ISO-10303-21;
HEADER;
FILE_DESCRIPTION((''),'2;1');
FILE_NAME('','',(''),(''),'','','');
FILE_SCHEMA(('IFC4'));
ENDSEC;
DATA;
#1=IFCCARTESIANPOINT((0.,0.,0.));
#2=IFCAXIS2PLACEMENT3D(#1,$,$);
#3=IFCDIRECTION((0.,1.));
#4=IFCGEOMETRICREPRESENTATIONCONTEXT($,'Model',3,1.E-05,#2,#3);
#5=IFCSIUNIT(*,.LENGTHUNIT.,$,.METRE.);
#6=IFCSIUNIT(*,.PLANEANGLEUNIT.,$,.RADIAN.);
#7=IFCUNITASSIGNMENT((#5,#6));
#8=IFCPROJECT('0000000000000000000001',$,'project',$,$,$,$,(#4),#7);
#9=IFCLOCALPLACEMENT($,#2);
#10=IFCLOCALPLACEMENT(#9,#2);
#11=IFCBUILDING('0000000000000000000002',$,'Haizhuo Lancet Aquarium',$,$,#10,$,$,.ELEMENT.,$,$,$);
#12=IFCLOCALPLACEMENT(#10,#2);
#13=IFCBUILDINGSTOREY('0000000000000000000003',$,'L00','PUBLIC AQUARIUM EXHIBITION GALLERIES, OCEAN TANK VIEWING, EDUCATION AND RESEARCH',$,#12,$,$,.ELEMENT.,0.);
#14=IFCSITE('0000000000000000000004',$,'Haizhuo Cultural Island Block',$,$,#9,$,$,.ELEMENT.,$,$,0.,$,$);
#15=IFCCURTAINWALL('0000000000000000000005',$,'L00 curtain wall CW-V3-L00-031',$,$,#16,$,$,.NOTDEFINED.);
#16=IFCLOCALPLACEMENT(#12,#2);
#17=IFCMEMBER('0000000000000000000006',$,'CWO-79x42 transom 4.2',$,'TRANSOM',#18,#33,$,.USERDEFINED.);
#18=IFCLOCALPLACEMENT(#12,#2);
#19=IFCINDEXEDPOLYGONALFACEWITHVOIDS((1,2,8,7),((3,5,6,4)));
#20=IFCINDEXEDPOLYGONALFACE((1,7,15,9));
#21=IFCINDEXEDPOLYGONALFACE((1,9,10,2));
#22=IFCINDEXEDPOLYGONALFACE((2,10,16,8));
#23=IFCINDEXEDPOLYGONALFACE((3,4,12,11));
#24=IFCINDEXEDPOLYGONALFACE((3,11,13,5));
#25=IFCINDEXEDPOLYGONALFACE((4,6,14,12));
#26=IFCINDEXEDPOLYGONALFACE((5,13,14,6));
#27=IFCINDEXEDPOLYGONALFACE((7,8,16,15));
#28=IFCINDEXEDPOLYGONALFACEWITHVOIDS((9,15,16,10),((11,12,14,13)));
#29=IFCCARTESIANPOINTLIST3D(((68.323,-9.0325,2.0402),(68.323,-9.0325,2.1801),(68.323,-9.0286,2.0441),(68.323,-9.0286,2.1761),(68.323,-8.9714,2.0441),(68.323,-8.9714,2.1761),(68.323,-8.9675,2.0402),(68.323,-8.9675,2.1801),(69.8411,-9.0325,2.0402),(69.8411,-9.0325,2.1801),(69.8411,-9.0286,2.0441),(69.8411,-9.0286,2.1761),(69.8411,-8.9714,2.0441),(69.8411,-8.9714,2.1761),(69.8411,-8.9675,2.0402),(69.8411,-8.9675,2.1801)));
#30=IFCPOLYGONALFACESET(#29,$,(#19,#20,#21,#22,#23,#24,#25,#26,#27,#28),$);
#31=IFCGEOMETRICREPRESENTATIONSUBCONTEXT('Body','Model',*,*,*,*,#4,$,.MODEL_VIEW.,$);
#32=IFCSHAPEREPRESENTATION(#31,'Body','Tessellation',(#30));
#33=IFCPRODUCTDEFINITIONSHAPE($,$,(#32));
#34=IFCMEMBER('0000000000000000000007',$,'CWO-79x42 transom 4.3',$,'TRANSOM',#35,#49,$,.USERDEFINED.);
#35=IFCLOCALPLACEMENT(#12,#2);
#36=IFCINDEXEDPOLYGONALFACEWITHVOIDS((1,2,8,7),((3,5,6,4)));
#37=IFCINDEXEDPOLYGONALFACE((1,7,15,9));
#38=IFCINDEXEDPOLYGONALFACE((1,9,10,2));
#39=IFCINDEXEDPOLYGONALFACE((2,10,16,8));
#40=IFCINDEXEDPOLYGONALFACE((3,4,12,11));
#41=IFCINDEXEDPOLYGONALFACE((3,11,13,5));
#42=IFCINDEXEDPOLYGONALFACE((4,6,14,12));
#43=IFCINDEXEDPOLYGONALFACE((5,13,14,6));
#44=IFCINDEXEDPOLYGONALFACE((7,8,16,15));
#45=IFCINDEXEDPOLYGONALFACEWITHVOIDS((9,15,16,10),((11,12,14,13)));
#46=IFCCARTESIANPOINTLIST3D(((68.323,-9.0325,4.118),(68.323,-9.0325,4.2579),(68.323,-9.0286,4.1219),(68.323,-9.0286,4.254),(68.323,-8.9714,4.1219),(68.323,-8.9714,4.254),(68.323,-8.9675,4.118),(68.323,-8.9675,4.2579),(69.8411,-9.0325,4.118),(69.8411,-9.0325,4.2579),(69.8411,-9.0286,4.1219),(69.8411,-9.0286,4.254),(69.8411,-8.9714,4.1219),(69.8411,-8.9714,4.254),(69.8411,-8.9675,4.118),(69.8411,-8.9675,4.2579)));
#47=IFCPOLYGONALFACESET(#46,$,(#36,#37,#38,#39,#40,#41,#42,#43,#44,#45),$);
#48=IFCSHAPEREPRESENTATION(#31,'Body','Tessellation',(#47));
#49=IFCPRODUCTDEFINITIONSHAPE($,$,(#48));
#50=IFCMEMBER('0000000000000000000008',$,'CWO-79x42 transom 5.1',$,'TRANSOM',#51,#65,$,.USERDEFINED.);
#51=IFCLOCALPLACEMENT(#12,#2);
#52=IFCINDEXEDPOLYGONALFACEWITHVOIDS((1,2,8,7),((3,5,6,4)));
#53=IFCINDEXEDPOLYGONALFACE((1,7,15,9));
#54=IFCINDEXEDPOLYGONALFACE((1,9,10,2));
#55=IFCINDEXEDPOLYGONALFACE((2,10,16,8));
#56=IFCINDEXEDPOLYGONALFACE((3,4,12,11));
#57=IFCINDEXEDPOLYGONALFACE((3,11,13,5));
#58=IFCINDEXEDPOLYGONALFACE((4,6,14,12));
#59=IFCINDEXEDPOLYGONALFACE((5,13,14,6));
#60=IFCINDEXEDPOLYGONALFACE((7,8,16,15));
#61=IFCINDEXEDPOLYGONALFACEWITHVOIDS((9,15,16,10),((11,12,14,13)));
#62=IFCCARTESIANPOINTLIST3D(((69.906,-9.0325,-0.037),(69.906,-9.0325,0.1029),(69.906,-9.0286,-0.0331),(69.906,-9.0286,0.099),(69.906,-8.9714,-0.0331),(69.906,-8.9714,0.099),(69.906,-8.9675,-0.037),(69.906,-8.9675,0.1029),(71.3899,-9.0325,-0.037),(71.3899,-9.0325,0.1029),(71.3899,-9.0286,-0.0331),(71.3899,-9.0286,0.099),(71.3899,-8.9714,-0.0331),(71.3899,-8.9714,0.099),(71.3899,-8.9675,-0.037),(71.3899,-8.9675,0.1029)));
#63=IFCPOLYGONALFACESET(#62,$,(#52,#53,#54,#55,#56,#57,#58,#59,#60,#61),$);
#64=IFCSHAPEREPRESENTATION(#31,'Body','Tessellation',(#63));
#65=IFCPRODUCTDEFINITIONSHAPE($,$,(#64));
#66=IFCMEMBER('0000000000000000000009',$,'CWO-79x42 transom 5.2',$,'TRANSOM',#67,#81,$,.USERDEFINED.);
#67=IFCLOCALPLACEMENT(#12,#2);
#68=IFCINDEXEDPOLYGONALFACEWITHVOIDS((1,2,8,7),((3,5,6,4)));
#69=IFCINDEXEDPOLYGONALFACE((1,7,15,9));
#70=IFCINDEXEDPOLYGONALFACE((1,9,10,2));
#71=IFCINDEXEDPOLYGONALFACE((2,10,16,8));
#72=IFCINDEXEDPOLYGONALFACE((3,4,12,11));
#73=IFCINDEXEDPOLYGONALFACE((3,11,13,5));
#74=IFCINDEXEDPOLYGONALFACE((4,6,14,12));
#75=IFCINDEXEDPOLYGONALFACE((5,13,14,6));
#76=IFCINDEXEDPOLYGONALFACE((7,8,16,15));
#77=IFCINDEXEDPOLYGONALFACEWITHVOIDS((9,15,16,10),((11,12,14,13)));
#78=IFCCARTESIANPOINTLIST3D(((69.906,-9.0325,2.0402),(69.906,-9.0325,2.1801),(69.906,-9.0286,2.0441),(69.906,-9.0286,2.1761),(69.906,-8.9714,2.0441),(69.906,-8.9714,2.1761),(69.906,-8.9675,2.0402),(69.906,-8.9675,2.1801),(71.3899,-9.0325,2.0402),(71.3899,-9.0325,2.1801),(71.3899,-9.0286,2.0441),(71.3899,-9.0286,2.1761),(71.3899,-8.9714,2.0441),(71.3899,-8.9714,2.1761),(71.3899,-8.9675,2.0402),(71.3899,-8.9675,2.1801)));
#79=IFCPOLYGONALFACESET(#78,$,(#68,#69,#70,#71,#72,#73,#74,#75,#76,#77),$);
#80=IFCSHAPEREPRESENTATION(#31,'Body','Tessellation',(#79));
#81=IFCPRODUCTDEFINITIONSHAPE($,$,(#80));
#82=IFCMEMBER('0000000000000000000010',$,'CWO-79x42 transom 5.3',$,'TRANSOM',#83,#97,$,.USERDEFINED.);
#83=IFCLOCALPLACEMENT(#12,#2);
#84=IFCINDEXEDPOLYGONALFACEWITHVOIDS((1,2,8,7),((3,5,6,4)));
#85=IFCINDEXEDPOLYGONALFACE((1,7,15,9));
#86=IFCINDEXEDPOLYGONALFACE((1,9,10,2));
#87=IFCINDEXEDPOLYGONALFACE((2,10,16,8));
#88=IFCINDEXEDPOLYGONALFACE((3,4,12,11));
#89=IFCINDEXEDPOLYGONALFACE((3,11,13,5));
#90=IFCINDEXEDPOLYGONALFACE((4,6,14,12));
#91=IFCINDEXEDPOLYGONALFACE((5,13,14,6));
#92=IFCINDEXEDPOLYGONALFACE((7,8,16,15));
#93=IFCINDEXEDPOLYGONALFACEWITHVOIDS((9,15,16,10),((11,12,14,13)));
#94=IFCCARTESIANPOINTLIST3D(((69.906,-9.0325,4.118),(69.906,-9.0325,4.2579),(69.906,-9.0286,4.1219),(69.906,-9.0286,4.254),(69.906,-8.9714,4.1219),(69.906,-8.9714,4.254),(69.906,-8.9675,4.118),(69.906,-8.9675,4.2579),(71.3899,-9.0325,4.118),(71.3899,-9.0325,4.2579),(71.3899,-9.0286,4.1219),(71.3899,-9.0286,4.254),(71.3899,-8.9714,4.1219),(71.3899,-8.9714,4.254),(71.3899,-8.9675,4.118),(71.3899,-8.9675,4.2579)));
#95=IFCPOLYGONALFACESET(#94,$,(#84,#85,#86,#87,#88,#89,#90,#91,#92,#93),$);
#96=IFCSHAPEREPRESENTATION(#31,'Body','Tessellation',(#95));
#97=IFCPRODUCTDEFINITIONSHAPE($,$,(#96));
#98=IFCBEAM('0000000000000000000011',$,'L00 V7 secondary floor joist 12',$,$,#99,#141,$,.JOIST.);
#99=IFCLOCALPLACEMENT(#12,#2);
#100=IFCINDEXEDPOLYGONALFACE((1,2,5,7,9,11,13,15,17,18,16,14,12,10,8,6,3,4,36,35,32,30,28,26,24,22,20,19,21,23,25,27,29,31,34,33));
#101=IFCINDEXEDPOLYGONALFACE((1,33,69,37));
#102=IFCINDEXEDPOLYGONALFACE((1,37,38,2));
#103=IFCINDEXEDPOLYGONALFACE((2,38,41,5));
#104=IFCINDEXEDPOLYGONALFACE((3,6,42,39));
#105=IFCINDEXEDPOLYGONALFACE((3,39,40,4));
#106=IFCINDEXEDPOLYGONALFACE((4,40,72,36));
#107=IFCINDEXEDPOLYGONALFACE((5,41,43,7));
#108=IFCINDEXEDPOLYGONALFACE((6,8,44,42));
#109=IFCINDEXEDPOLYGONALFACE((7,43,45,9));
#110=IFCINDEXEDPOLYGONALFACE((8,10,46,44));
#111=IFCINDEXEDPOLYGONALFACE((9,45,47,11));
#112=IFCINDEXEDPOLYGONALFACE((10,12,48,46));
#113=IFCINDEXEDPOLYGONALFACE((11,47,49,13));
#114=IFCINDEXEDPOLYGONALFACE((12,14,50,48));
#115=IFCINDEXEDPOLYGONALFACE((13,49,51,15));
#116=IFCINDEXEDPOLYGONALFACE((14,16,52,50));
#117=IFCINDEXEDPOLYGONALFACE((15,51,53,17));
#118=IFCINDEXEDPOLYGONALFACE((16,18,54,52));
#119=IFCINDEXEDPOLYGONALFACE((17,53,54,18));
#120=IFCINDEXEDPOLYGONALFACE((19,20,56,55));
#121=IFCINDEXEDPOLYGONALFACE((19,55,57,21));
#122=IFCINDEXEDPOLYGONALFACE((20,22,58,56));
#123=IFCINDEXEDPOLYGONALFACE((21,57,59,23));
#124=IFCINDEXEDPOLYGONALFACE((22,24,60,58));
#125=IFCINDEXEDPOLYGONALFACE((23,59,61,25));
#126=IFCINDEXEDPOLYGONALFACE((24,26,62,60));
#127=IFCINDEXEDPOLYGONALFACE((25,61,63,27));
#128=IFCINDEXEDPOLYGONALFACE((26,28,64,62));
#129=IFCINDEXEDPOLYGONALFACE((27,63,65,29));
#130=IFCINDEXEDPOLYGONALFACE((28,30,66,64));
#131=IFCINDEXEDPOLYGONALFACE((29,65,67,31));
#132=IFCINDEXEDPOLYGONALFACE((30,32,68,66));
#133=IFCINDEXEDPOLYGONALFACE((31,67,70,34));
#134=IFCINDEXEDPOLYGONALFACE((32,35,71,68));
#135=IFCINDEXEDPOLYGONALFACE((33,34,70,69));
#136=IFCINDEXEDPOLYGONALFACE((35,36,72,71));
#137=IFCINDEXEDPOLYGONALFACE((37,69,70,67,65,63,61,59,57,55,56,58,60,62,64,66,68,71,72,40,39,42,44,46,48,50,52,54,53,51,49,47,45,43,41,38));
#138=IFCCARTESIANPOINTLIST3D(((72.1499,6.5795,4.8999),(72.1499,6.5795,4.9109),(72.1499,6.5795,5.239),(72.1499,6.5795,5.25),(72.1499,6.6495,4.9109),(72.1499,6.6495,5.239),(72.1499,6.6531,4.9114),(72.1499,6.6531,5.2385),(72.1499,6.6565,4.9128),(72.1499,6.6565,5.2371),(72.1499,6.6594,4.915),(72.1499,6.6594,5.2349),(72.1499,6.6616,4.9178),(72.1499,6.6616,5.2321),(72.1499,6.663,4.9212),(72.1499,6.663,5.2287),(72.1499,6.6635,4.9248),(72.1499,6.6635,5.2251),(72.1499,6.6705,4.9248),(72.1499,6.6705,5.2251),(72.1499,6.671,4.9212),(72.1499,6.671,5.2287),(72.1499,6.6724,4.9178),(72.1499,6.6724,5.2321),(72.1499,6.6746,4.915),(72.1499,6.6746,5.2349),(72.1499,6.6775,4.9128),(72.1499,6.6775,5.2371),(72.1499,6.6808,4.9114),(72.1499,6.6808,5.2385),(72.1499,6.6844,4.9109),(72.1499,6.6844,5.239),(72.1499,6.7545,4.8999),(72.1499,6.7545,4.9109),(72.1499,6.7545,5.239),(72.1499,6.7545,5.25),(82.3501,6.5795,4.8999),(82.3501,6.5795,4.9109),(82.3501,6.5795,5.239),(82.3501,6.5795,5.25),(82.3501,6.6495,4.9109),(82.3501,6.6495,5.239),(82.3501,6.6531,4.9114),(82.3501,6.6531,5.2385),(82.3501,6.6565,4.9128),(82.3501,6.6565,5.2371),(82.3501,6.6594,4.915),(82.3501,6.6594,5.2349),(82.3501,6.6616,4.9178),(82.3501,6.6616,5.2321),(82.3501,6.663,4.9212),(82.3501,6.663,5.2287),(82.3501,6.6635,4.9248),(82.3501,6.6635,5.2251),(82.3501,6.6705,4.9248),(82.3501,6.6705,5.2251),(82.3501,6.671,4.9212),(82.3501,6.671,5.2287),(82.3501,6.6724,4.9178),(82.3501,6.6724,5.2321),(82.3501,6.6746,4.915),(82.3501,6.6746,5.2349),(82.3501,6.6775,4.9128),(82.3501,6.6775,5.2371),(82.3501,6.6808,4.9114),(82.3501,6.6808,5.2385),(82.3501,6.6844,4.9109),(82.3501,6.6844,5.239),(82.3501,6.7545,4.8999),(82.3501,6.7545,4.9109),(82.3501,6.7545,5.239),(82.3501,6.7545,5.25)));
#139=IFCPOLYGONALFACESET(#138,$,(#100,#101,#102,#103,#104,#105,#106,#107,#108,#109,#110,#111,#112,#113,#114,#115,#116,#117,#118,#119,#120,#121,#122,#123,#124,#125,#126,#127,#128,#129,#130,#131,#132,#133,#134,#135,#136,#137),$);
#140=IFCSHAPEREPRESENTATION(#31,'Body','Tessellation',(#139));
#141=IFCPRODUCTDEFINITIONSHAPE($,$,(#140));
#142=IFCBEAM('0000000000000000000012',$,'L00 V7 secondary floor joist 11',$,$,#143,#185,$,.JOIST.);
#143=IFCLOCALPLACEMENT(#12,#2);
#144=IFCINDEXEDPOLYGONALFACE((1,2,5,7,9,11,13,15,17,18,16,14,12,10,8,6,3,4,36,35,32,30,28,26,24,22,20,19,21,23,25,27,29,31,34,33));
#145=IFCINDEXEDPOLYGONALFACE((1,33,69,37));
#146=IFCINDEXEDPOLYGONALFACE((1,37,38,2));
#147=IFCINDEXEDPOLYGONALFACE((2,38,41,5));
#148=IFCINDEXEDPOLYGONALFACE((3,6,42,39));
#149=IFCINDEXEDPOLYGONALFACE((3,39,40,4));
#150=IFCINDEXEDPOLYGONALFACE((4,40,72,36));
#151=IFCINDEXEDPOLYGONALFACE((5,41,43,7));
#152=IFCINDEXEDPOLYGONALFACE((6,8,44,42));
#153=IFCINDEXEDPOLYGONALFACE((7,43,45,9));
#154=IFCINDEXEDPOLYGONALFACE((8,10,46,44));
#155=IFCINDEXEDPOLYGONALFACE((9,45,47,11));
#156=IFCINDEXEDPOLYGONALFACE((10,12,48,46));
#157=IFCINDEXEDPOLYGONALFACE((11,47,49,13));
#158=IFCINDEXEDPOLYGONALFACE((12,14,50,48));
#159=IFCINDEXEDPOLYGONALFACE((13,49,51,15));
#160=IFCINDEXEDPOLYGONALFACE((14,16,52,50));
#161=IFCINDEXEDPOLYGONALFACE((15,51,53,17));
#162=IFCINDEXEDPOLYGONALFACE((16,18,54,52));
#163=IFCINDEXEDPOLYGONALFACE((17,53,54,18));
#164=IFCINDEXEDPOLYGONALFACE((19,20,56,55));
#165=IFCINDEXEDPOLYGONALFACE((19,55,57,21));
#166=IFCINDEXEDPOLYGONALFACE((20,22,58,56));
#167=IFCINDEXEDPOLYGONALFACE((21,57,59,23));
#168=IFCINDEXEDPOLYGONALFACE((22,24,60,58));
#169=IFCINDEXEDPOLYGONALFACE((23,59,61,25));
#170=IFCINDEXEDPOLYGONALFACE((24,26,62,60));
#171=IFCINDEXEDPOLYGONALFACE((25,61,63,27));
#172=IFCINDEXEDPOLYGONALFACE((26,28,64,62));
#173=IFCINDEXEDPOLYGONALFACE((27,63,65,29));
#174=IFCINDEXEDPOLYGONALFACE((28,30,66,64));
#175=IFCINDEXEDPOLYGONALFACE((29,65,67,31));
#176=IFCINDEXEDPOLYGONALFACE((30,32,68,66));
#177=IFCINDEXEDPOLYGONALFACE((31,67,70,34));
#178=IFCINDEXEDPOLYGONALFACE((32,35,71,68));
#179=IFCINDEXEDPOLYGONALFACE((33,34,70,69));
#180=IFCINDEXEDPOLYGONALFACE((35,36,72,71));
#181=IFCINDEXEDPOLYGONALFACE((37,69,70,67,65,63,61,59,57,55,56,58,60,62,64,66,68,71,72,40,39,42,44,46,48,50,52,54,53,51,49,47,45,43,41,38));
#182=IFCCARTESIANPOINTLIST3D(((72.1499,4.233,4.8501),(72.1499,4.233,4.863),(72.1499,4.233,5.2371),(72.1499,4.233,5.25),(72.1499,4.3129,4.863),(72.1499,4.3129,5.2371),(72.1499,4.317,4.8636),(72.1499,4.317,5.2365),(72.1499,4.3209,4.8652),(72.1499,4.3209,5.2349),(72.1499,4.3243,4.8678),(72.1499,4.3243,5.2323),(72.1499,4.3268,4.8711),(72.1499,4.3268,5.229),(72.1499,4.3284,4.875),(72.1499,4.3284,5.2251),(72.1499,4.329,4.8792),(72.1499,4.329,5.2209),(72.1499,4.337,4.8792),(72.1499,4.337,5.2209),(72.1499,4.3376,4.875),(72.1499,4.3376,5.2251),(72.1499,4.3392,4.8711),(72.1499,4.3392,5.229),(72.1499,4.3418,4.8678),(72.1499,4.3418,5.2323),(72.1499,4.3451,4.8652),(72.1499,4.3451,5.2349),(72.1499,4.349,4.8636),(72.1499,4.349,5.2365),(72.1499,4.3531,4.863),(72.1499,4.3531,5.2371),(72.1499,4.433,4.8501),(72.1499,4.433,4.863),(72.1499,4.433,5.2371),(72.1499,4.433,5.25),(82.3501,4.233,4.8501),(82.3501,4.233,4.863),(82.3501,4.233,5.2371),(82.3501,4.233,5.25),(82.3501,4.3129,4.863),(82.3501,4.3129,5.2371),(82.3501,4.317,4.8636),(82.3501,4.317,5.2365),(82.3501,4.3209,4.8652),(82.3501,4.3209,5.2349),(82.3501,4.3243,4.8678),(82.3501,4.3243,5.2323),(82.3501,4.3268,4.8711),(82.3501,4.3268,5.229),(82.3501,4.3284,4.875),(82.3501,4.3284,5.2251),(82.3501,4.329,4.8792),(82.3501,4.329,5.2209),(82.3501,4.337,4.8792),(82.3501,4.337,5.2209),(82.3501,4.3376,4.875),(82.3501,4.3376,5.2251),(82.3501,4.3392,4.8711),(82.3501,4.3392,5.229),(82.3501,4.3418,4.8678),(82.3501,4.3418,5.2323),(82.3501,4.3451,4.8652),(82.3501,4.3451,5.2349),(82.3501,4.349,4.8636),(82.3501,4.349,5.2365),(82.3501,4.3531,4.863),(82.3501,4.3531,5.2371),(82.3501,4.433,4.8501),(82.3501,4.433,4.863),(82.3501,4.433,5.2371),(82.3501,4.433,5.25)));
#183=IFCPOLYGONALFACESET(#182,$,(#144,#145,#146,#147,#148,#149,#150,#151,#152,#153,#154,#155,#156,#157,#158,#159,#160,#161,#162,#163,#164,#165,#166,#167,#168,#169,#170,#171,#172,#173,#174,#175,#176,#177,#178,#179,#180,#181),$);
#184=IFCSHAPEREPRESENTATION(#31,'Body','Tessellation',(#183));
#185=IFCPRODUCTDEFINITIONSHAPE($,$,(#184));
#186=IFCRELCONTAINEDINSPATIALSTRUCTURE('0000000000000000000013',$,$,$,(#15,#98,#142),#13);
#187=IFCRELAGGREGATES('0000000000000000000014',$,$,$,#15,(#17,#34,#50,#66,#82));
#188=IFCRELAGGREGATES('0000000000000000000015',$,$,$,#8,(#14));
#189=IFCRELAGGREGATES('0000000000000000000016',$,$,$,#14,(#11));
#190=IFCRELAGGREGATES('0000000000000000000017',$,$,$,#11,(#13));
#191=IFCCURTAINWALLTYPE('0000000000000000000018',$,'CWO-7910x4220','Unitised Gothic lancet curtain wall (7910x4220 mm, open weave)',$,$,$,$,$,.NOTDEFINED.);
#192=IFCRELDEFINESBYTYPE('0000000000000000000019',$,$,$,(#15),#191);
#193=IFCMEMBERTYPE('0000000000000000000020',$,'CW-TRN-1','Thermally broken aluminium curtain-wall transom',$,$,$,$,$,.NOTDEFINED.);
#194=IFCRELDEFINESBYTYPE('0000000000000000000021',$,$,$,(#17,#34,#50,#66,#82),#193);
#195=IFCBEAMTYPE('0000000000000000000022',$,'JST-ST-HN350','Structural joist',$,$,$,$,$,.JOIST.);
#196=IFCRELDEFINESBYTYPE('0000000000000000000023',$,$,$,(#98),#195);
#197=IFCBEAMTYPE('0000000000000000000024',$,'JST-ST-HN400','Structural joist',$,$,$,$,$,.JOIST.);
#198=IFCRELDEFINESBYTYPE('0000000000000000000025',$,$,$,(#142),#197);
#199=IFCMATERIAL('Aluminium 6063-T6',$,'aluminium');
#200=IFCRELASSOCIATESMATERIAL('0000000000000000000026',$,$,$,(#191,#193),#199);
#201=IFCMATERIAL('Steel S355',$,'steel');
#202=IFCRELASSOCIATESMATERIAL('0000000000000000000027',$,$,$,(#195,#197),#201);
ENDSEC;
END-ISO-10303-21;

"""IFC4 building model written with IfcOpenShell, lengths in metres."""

from ifc_helpers import new_model, si_unit, direction, frame, origin, origin_2d, place, context, subcontext, project, spatial, hollow_rectangle, i_section, extrude, material, material_profile, profile_set, type_object, element, aggregate, save


model = new_model("IFC4")

# Units and contexts
model_context = context("Model", 3, precision=1e-05, world=origin(), true_north=direction((0.0, 1.0)))
body_context = subcontext(model_context, "Body", "Model", "MODEL_VIEW")
ifc_project = project(units=[si_unit("LENGTHUNIT", "METRE"), si_unit("PLANEANGLEUNIT", "RADIAN")], contexts=[model_context])

# Site, building, storey
site_placement = place(None, origin())
site = spatial("IfcSite", under=ifc_project, at=site_placement, Name="Haizhuo Cultural Island Block", CompositionType="ELEMENT", RefElevation=0.0)
building_placement = place(site_placement, origin())
building = spatial("IfcBuilding", under=site, at=building_placement, Name="Haizhuo Lancet Aquarium", CompositionType="ELEMENT")
storey_placement = place(building_placement, origin())
storey = spatial("IfcBuildingStorey", under=building, at=storey_placement, Name="L00", Description="PUBLIC AQUARIUM EXHIBITION GALLERIES, OCEAN TANK VIEWING, EDUCATION AND RESEARCH", CompositionType="ELEMENT", Elevation=0.0)

# Shared definitions
ifc_material_1 = material(Name="Steel S355", Category="steel")

# Curtain wall, members
ifc_material_2 = material(Name="Aluminium 6063-T6", Category="aluminium")
curtain_wall_type = type_object("IfcCurtainWallType", Name="CWO-7910x4220", Description="Unitised Gothic lancet curtain wall (7910x4220 mm, open weave)", PredefinedType="NOTDEFINED", material=ifc_material_2)
curtain_wall_placement = place(storey_placement, origin())
curtain_wall = element("IfcCurtainWall", 1, at=curtain_wall_placement, inside=storey, type_object=curtain_wall_type, Name="L00 curtain wall CW-V3-L00-031", PredefinedType="NOTDEFINED")
ifc_material_profile_1 = material_profile(ifc_material_2, hollow_rectangle(XDim=0.0649, YDim=0.1399, WallThickness=0.0039, at=origin_2d()), Name="ALU-T 65x140x4")
ifc_profile_set_1 = profile_set([ifc_material_profile_1], Name="Aluminium 6063-T6")
member_type_1 = type_object("IfcMemberType", Name="CW-TRN-1", Description="Thermally broken aluminium curtain-wall transom", PredefinedType="NOTDEFINED", material=ifc_profile_set_1)
member_1_placement = place(storey_placement, frame((68.323, -9.0, 2.1101), z_axis=(1.0, 0.0, 0.0), x_axis=(0.0, 1.0, 0.0)))
member_1 = element("IfcMember", 2, at=member_1_placement, type_object=member_type_1, Name="CWO-79x42 transom 4.2", ObjectType="TRANSOM", PredefinedType="USERDEFINED", context=body_context, shape_type="SweptSolid", body=[
    extrude(hollow_rectangle(XDim=0.0649, YDim=0.1399, WallThickness=0.0039, at=origin_2d()), origin(), (0.0, 0.0, 1.0), 1.5181),
])
member_2_placement = place(storey_placement, frame((68.323, -9.0, 4.188), z_axis=(1.0, 0.0, 0.0), x_axis=(0.0, 1.0, 0.0)))
member_2 = element("IfcMember", 3, at=member_2_placement, type_object=member_type_1, Name="CWO-79x42 transom 4.3", ObjectType="TRANSOM", PredefinedType="USERDEFINED", context=body_context, shape_type="SweptSolid", body=[
    extrude(hollow_rectangle(XDim=0.0649, YDim=0.1399, WallThickness=0.0039, at=origin_2d()), origin(), (0.0, 0.0, 1.0), 1.5181),
])
member_3_placement = place(storey_placement, frame((69.906, -9.0, 0.033), z_axis=(1.0, 0.0, 0.0), x_axis=(0.0, 1.0, 0.0)))
member_3 = element("IfcMember", 4, at=member_3_placement, type_object=member_type_1, Name="CWO-79x42 transom 5.1", ObjectType="TRANSOM", PredefinedType="USERDEFINED", context=body_context, shape_type="SweptSolid", body=[
    extrude(hollow_rectangle(XDim=0.0649, YDim=0.1399, WallThickness=0.0039, at=origin_2d()), origin(), (0.0, 0.0, 1.0), 1.4839),
])
member_4_placement = place(storey_placement, frame((69.906, -9.0, 2.1101), z_axis=(1.0, 0.0, 0.0), x_axis=(0.0, 1.0, 0.0)))
member_4 = element("IfcMember", 5, at=member_4_placement, type_object=member_type_1, Name="CWO-79x42 transom 5.2", ObjectType="TRANSOM", PredefinedType="USERDEFINED", context=body_context, shape_type="SweptSolid", body=[
    extrude(hollow_rectangle(XDim=0.0649, YDim=0.1399, WallThickness=0.0039, at=origin_2d()), origin(), (0.0, 0.0, 1.0), 1.4839),
])
member_5_placement = place(storey_placement, frame((69.906, -9.0, 4.188), z_axis=(1.0, 0.0, 0.0), x_axis=(0.0, 1.0, 0.0)))
member_5 = element("IfcMember", 6, at=member_5_placement, type_object=member_type_1, Name="CWO-79x42 transom 5.3", ObjectType="TRANSOM", PredefinedType="USERDEFINED", context=body_context, shape_type="SweptSolid", body=[
    extrude(hollow_rectangle(XDim=0.0649, YDim=0.1399, WallThickness=0.0039, at=origin_2d()), origin(), (0.0, 0.0, 1.0), 1.4839),
])

# Beams
ifc_material_profile_2 = material_profile(ifc_material_1, i_section(OverallWidth=0.175, OverallDepth=0.3501, WebThickness=0.0071, FlangeThickness=0.011, FilletRadius=0.0139, at=origin_2d()), Name="HN 350x175x7x11")
ifc_profile_set_2 = profile_set([ifc_material_profile_2], Name="Steel S355")
beam_type_1 = type_object("IfcBeamType", Name="JST-ST-HN350", Description="Structural joist", PredefinedType="JOIST", material=ifc_profile_set_2)
beam_1_placement = place(storey_placement, frame((72.1499, 6.667, 5.075), z_axis=(1.0, 0.0, 0.0), x_axis=(0.0, 1.0, 0.0)))
element("IfcBeam", 7, at=beam_1_placement, inside=storey, type_object=beam_type_1, Name="L00 V7 secondary floor joist 12", PredefinedType="JOIST", context=body_context, shape_type="SweptSolid", body=[
    extrude(i_section(OverallWidth=0.175, OverallDepth=0.3501, WebThickness=0.0071, FlangeThickness=0.011, FilletRadius=0.0139, at=origin_2d()), origin(), (0.0, 0.0, 1.0), 10.2002),
])
ifc_material_profile_3 = material_profile(ifc_material_1, i_section(OverallWidth=0.2, OverallDepth=0.3999, WebThickness=0.0081, FlangeThickness=0.0129, FilletRadius=0.0161, at=origin_2d()), Name="HN 400x200x8x13")
ifc_profile_set_3 = profile_set([ifc_material_profile_3], Name="Steel S355")
beam_type_2 = type_object("IfcBeamType", Name="JST-ST-HN400", Description="Structural joist", PredefinedType="JOIST", material=ifc_profile_set_3)
beam_2_placement = place(storey_placement, frame((72.1499, 4.333, 5.05), z_axis=(1.0, 0.0, 0.0), x_axis=(0.0, 1.0, 0.0)))
element("IfcBeam", 8, at=beam_2_placement, inside=storey, type_object=beam_type_2, Name="L00 V7 secondary floor joist 11", PredefinedType="JOIST", context=body_context, shape_type="SweptSolid", body=[
    extrude(i_section(OverallWidth=0.2, OverallDepth=0.3999, WebThickness=0.0081, FlangeThickness=0.0129, FilletRadius=0.0161, at=origin_2d()), origin(), (0.0, 0.0, 1.0), 10.2002),
])

aggregate(curtain_wall, [member_1, member_2, member_3, member_4, member_5])

save(model, "model.ifc")
